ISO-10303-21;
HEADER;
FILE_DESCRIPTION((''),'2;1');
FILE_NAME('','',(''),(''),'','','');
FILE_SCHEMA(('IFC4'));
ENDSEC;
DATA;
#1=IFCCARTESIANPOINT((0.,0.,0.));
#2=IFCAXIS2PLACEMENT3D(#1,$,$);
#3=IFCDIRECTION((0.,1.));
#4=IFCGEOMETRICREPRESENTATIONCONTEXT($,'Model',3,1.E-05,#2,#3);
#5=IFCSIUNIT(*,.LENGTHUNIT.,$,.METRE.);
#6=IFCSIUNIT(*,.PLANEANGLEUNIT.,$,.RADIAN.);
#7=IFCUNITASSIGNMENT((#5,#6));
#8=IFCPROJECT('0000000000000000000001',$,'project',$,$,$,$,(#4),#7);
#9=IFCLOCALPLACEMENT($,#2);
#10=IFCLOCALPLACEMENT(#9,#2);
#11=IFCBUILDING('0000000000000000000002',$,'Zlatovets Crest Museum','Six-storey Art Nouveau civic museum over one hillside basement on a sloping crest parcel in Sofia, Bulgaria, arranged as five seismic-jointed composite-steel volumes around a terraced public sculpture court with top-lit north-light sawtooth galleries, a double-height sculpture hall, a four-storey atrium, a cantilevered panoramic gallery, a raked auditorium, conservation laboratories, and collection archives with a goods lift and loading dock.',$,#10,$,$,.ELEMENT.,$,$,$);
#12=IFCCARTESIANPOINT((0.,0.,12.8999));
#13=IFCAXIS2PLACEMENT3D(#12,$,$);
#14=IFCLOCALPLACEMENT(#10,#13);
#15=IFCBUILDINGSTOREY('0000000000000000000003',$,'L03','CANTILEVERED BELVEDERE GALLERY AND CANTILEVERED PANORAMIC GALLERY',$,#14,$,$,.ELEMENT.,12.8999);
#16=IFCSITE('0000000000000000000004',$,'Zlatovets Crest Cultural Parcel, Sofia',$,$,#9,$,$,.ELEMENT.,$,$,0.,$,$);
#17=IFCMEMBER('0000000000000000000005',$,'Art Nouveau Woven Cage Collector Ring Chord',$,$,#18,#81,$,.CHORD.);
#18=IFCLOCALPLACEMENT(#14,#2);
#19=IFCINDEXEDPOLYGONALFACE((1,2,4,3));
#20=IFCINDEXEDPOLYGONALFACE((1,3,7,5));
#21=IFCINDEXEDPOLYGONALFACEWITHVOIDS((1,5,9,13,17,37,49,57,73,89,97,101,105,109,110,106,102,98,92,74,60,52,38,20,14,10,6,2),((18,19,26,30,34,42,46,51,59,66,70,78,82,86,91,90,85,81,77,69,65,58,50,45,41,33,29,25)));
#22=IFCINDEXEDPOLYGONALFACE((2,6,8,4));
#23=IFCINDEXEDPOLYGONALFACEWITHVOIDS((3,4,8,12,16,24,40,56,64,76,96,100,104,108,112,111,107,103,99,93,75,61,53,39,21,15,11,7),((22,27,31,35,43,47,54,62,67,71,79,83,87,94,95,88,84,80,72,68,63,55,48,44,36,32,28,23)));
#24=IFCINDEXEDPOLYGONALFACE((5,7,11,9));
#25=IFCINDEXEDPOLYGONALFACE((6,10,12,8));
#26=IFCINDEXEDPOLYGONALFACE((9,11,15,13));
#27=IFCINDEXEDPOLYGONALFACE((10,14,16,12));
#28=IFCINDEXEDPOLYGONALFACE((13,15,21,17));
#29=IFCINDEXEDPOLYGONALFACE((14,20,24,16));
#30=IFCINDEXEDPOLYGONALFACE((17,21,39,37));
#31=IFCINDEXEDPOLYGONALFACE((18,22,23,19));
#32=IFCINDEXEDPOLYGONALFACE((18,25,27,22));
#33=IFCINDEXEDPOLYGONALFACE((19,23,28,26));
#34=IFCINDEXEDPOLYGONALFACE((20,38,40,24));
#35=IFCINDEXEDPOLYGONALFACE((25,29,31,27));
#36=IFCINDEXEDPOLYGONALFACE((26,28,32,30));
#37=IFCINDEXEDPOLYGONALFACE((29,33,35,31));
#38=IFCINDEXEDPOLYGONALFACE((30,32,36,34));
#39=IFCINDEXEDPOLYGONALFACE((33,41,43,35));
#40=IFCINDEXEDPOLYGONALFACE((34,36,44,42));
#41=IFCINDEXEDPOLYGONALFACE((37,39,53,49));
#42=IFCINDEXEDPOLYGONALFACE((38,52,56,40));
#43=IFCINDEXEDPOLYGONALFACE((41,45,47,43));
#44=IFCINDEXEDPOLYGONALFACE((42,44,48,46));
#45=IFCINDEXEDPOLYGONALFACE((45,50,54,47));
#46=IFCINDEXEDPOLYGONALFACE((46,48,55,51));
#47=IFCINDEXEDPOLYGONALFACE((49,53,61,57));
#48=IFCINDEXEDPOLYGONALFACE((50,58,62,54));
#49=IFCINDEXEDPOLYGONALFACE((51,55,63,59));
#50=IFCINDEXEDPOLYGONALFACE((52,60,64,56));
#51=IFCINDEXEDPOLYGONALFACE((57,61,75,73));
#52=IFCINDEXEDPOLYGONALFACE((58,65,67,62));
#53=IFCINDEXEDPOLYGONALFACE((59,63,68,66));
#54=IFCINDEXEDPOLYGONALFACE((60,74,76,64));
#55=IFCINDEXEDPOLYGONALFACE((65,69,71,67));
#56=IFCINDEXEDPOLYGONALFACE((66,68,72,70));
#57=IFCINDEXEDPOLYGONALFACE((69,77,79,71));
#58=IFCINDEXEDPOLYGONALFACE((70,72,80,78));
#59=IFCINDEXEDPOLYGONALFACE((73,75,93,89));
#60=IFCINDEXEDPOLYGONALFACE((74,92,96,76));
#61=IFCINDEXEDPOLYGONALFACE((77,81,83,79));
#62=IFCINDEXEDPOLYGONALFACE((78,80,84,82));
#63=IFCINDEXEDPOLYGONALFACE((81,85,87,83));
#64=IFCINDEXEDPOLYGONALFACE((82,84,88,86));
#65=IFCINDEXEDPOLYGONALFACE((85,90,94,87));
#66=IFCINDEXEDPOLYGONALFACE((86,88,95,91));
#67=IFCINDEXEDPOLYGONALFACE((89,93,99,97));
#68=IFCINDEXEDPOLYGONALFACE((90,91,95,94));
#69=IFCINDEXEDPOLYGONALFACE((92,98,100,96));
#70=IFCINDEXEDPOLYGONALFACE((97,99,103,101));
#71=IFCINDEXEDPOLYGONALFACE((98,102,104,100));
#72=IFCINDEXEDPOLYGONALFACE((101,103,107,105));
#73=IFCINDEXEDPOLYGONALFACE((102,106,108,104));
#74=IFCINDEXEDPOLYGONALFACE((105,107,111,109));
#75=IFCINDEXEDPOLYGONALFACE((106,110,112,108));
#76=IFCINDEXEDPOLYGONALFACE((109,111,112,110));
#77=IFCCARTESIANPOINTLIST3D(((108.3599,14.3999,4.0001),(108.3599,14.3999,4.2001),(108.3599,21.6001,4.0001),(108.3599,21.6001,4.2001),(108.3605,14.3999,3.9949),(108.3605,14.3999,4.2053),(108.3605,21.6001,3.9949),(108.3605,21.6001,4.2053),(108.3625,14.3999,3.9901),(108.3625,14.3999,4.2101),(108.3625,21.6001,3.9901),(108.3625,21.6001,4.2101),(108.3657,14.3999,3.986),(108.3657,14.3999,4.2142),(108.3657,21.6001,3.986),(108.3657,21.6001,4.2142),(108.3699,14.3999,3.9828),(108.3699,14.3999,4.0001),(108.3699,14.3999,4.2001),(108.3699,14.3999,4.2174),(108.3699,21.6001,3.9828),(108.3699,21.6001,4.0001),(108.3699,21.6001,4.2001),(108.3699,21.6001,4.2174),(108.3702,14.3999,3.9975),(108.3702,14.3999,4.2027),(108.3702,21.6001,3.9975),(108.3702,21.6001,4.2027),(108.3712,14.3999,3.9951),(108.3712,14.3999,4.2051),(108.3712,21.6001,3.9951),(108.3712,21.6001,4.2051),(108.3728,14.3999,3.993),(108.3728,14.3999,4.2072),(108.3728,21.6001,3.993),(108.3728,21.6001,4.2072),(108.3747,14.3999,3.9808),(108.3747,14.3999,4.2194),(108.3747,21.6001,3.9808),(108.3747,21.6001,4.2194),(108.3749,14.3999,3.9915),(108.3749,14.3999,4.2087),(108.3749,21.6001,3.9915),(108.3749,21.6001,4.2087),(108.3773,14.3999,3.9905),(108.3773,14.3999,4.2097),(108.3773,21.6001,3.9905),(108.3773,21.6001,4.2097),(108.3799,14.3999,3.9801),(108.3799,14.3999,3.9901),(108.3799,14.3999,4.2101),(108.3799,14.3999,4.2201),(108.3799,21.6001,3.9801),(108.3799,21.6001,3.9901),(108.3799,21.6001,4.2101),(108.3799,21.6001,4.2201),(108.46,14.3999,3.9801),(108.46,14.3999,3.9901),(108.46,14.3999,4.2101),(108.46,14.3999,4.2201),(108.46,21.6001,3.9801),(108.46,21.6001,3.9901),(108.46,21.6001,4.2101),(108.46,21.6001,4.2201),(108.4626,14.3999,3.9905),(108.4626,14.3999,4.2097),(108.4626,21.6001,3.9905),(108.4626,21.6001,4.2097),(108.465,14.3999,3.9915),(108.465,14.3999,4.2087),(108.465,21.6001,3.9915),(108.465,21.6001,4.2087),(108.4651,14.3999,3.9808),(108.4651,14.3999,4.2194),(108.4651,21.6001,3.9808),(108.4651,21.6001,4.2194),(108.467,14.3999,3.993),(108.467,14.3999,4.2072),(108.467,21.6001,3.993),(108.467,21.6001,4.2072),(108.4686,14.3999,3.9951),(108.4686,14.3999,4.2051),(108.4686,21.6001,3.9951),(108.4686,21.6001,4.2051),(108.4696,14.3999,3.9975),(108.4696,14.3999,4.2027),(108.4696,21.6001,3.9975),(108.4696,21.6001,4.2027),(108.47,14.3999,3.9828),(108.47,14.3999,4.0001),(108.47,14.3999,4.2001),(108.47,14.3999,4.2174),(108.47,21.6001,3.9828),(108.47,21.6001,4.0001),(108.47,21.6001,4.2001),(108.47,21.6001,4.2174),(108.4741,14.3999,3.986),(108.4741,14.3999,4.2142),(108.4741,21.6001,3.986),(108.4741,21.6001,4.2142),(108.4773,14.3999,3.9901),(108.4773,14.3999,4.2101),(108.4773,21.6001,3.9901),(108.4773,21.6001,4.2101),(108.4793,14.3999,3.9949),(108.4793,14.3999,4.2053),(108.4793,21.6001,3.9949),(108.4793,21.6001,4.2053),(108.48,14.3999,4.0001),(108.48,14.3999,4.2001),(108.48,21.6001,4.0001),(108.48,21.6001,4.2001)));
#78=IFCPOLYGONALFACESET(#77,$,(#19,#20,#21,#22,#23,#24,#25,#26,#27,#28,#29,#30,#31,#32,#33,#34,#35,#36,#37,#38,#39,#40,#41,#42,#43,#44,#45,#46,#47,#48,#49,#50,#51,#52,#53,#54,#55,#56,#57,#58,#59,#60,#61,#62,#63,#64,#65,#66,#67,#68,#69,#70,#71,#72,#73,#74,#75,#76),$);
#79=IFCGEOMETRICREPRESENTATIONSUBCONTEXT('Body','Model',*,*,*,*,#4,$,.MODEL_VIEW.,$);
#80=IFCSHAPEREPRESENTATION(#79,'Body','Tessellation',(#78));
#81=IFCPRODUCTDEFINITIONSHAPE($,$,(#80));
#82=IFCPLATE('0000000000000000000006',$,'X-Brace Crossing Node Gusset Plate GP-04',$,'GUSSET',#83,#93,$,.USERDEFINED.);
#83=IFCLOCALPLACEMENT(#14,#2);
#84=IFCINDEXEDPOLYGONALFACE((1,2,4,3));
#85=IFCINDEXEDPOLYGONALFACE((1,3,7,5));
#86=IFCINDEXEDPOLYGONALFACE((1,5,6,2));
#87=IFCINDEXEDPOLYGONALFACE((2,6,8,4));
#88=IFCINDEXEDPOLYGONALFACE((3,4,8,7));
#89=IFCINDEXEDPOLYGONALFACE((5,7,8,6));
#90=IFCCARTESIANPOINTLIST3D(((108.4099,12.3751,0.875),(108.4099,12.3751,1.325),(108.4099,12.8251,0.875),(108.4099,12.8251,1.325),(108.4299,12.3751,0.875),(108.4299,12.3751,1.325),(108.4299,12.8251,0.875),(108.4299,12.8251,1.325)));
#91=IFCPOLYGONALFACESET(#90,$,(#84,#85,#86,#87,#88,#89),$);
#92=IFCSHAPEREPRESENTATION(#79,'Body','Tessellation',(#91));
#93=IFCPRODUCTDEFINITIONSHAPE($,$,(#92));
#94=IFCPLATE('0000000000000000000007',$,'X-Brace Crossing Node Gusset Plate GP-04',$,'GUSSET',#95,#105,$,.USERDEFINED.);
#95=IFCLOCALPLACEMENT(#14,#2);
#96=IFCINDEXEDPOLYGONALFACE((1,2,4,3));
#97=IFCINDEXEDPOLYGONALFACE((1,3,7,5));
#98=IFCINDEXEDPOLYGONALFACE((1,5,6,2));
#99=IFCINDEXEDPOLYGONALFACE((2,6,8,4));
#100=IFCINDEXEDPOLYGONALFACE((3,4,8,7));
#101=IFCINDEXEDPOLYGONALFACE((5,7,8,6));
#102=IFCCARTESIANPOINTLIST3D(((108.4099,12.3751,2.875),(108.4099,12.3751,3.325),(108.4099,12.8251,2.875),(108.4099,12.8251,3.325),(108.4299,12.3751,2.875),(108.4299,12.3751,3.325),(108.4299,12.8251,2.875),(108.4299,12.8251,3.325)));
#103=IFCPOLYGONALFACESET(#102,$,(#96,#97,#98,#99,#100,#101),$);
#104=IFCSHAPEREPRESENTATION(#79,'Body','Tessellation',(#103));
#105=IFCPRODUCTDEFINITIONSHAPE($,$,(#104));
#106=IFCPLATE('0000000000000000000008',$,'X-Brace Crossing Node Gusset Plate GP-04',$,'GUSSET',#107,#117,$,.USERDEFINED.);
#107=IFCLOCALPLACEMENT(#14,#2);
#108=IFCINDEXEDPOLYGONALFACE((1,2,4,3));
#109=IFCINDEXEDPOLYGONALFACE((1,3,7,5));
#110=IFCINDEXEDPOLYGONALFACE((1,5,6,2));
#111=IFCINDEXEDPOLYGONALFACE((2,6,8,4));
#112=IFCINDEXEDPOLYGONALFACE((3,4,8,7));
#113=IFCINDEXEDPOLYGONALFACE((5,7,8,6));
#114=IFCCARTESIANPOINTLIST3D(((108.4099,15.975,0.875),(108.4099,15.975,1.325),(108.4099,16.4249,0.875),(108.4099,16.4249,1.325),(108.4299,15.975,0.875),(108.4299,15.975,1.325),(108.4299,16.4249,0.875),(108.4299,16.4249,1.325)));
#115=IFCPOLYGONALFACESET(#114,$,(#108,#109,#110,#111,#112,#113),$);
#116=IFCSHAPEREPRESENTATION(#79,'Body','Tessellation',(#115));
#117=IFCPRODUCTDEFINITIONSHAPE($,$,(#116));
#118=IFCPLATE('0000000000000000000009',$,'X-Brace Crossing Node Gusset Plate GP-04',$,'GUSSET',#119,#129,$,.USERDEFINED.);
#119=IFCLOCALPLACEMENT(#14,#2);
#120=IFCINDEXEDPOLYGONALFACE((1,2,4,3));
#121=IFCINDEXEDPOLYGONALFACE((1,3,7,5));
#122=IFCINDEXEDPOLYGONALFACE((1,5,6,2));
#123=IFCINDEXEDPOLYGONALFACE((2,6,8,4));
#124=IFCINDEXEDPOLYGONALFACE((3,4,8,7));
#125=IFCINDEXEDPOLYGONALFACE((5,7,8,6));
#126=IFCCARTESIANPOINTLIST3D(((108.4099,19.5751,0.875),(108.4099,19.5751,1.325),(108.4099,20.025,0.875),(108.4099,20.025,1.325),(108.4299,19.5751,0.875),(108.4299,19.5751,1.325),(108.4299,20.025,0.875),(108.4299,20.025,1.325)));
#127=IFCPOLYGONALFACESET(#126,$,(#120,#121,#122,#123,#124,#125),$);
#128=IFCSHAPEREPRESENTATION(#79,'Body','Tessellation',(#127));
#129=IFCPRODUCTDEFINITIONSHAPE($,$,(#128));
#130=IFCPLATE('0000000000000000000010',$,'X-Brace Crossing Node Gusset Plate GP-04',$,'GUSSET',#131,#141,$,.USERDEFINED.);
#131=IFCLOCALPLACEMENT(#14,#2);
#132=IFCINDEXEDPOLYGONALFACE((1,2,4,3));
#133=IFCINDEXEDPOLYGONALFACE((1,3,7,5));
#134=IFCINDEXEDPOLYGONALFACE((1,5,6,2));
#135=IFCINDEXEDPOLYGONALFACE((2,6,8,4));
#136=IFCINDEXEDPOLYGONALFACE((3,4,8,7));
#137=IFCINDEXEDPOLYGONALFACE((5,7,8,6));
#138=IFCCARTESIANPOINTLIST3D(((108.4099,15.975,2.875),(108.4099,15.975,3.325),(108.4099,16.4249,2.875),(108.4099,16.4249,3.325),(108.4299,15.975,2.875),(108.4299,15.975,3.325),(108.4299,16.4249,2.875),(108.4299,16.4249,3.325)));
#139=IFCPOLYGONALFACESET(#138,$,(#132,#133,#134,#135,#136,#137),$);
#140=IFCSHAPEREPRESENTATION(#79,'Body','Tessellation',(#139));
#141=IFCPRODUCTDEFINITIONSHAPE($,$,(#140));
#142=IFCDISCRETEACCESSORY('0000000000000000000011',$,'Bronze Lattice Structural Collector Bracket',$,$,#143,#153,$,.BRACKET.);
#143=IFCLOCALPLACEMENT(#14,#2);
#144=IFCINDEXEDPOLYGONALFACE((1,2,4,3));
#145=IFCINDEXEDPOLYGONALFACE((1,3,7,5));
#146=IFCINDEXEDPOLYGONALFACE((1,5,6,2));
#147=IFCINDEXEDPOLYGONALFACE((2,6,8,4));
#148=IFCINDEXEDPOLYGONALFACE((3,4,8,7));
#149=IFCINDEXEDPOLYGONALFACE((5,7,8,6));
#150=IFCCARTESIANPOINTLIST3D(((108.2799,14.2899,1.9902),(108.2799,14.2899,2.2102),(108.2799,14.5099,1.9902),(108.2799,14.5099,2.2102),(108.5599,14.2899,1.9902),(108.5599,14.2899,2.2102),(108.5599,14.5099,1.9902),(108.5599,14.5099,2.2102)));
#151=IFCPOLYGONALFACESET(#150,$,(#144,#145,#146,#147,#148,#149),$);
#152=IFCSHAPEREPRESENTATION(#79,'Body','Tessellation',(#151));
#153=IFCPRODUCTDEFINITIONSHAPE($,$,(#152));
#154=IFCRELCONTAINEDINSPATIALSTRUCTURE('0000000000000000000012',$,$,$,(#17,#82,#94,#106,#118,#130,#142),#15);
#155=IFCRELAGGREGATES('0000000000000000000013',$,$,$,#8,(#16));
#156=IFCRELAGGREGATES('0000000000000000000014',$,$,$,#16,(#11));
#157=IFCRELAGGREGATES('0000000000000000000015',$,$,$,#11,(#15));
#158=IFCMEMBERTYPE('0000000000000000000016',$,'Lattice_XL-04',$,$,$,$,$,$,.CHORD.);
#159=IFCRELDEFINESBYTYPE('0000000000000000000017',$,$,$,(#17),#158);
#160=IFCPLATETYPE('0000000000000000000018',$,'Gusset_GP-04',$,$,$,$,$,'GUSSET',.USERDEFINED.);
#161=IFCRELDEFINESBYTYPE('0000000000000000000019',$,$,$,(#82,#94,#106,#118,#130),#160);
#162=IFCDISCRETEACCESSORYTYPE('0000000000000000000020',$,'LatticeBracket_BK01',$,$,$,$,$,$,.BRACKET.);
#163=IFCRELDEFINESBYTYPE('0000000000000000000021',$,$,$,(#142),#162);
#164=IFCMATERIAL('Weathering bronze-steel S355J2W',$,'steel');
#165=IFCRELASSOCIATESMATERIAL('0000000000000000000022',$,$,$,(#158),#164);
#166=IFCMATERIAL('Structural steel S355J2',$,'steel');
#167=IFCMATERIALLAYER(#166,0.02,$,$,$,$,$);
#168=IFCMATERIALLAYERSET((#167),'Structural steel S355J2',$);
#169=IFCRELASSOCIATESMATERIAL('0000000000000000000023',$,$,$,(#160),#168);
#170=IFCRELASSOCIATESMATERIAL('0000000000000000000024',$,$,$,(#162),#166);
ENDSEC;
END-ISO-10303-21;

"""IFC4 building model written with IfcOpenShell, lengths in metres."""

from ifc_helpers import new_model, si_unit, direction, frame, origin, origin_2d, place, context, subcontext, project, spatial, rectangle, hollow_rectangle, extrude, material, layer, layer_set, material_profile, profile_set, type_object, element, save


model = new_model("IFC4")

# Units and contexts
model_context = context("Model", 3, precision=1e-05, world=origin(), true_north=direction((0.0, 1.0)))
body_context = subcontext(model_context, "Body", "Model", "MODEL_VIEW")
ifc_project = project(units=[si_unit("LENGTHUNIT", "METRE"), si_unit("PLANEANGLEUNIT", "RADIAN")], contexts=[model_context])

# Site, building, storey
site_placement = place(None, origin())
site = spatial("IfcSite", under=ifc_project, at=site_placement, Name="Zlatovets Crest Cultural Parcel, Sofia", CompositionType="ELEMENT", RefElevation=0.0)
building_placement = place(site_placement, origin())
building = spatial("IfcBuilding", under=site, at=building_placement, Name="Zlatovets Crest Museum", Description="Six-storey Art Nouveau civic museum over one hillside basement on a sloping crest parcel in Sofia, Bulgaria, arranged as five seismic-jointed composite-steel volumes around a terraced public sculpture court with top-lit north-light sawtooth galleries, a double-height sculpture hall, a four-storey atrium, a cantilevered panoramic gallery, a raked auditorium, conservation laboratories, and collection archives with a goods lift and loading dock.", CompositionType="ELEMENT")
storey_placement = place(building_placement, frame((0.0, 0.0, 12.8999)))
storey = spatial("IfcBuildingStorey", under=building, at=storey_placement, Name="L03", Description="CANTILEVERED BELVEDERE GALLERY AND CANTILEVERED PANORAMIC GALLERY", CompositionType="ELEMENT", Elevation=12.8999)

# Member
ifc_material_1 = material(Name="Weathering bronze-steel S355J2W", Category="steel")
ifc_material_profile_1 = material_profile(ifc_material_1, hollow_rectangle(XDim=0.1201, YDim=0.24, WallThickness=0.01, InnerFilletRadius=0.01, OuterFilletRadius=0.02, at=origin_2d()), Name="RHS 120x240x10.0")
ifc_profile_set_1 = profile_set([ifc_material_profile_1], Name="Weathering bronze-steel S355J2W")
member_type_1 = type_object("IfcMemberType", Name="Lattice_XL-04", PredefinedType="CHORD", material=ifc_profile_set_1)
member_1_placement = place(storey_placement, frame((108.4199, 14.3999, 4.1001), z_axis=(0.0, 1.0, 0.0), x_axis=(-1.0, 0.0, 0.0)))
element("IfcMember", 1, at=member_1_placement, inside=storey, type_object=member_type_1, Name="Art Nouveau Woven Cage Collector Ring Chord", PredefinedType="CHORD", context=body_context, shape_type="SweptSolid", body=[
    extrude(hollow_rectangle(XDim=0.1201, YDim=0.24, WallThickness=0.01, InnerFilletRadius=0.01, OuterFilletRadius=0.02, at=origin_2d()), origin(), (0.0, 0.0, 1.0), 7.2002),
])

# Plates
ifc_material_2 = material(Name="Structural steel S355J2", Category="steel")
ifc_layer = layer(ifc_material_2, 0.02)
ifc_layer_set = layer_set([ifc_layer], Name="Structural steel S355J2")
plate_type = type_object("IfcPlateType", Name="Gusset_GP-04", ElementType="GUSSET", PredefinedType="USERDEFINED", material=ifc_layer_set)
for number, where, z_axis, x_axis, name in (
    (2, (108.4199, 12.6001, 0.875), (0.0, 0.0, 1.0), (1.0, 0.0, 0.0), "X-Brace Crossing Node Gusset Plate GP-04"),
    (3, (108.4199, 12.6001, 2.875), (0.0, 0.0, 1.0), (1.0, 0.0, 0.0), "X-Brace Crossing Node Gusset Plate GP-04"),
    (4, (108.4199, 16.2, 0.875), (0.0, 0.0, 1.0), (1.0, 0.0, 0.0), "X-Brace Crossing Node Gusset Plate GP-04"),
    (5, (108.4199, 19.8, 0.875), (0.0, 0.0, 1.0), (1.0, 0.0, 0.0), "X-Brace Crossing Node Gusset Plate GP-04"),
    (6, (108.4199, 16.2, 2.875), (0.0, 0.0, 1.0), (1.0, 0.0, 0.0), "X-Brace Crossing Node Gusset Plate GP-04"),
):
    element("IfcPlate", number, at=place(storey_placement, frame(where, z_axis=z_axis, x_axis=x_axis)), inside=storey, type_object=plate_type, Name=name, ObjectType="GUSSET", PredefinedType="USERDEFINED", context=body_context, shape_type="SweptSolid", body=[
        extrude(rectangle(XDim=0.02, YDim=0.45, at=origin_2d()), origin(), (0.0, 0.0, 1.0), 0.45),
    ])

# Discrete accessory
discrete_accessory_type = type_object("IfcDiscreteAccessoryType", Name="LatticeBracket_BK01", PredefinedType="BRACKET", material=ifc_material_2)
discrete_accessory_placement = place(storey_placement, frame((108.4199, 14.3999, 1.9902), z_axis=(0.0, 0.0, 1.0), x_axis=(1.0, 0.0, 0.0)))
element("IfcDiscreteAccessory", 7, at=discrete_accessory_placement, inside=storey, type_object=discrete_accessory_type, Name="Bronze Lattice Structural Collector Bracket", PredefinedType="BRACKET", context=body_context, shape_type="SweptSolid", body=[
    extrude(rectangle(XDim=0.28, YDim=0.22, at=origin_2d()), origin(), (0.0, 0.0, 1.0), 0.22),
])

save(model, "model.ifc")
